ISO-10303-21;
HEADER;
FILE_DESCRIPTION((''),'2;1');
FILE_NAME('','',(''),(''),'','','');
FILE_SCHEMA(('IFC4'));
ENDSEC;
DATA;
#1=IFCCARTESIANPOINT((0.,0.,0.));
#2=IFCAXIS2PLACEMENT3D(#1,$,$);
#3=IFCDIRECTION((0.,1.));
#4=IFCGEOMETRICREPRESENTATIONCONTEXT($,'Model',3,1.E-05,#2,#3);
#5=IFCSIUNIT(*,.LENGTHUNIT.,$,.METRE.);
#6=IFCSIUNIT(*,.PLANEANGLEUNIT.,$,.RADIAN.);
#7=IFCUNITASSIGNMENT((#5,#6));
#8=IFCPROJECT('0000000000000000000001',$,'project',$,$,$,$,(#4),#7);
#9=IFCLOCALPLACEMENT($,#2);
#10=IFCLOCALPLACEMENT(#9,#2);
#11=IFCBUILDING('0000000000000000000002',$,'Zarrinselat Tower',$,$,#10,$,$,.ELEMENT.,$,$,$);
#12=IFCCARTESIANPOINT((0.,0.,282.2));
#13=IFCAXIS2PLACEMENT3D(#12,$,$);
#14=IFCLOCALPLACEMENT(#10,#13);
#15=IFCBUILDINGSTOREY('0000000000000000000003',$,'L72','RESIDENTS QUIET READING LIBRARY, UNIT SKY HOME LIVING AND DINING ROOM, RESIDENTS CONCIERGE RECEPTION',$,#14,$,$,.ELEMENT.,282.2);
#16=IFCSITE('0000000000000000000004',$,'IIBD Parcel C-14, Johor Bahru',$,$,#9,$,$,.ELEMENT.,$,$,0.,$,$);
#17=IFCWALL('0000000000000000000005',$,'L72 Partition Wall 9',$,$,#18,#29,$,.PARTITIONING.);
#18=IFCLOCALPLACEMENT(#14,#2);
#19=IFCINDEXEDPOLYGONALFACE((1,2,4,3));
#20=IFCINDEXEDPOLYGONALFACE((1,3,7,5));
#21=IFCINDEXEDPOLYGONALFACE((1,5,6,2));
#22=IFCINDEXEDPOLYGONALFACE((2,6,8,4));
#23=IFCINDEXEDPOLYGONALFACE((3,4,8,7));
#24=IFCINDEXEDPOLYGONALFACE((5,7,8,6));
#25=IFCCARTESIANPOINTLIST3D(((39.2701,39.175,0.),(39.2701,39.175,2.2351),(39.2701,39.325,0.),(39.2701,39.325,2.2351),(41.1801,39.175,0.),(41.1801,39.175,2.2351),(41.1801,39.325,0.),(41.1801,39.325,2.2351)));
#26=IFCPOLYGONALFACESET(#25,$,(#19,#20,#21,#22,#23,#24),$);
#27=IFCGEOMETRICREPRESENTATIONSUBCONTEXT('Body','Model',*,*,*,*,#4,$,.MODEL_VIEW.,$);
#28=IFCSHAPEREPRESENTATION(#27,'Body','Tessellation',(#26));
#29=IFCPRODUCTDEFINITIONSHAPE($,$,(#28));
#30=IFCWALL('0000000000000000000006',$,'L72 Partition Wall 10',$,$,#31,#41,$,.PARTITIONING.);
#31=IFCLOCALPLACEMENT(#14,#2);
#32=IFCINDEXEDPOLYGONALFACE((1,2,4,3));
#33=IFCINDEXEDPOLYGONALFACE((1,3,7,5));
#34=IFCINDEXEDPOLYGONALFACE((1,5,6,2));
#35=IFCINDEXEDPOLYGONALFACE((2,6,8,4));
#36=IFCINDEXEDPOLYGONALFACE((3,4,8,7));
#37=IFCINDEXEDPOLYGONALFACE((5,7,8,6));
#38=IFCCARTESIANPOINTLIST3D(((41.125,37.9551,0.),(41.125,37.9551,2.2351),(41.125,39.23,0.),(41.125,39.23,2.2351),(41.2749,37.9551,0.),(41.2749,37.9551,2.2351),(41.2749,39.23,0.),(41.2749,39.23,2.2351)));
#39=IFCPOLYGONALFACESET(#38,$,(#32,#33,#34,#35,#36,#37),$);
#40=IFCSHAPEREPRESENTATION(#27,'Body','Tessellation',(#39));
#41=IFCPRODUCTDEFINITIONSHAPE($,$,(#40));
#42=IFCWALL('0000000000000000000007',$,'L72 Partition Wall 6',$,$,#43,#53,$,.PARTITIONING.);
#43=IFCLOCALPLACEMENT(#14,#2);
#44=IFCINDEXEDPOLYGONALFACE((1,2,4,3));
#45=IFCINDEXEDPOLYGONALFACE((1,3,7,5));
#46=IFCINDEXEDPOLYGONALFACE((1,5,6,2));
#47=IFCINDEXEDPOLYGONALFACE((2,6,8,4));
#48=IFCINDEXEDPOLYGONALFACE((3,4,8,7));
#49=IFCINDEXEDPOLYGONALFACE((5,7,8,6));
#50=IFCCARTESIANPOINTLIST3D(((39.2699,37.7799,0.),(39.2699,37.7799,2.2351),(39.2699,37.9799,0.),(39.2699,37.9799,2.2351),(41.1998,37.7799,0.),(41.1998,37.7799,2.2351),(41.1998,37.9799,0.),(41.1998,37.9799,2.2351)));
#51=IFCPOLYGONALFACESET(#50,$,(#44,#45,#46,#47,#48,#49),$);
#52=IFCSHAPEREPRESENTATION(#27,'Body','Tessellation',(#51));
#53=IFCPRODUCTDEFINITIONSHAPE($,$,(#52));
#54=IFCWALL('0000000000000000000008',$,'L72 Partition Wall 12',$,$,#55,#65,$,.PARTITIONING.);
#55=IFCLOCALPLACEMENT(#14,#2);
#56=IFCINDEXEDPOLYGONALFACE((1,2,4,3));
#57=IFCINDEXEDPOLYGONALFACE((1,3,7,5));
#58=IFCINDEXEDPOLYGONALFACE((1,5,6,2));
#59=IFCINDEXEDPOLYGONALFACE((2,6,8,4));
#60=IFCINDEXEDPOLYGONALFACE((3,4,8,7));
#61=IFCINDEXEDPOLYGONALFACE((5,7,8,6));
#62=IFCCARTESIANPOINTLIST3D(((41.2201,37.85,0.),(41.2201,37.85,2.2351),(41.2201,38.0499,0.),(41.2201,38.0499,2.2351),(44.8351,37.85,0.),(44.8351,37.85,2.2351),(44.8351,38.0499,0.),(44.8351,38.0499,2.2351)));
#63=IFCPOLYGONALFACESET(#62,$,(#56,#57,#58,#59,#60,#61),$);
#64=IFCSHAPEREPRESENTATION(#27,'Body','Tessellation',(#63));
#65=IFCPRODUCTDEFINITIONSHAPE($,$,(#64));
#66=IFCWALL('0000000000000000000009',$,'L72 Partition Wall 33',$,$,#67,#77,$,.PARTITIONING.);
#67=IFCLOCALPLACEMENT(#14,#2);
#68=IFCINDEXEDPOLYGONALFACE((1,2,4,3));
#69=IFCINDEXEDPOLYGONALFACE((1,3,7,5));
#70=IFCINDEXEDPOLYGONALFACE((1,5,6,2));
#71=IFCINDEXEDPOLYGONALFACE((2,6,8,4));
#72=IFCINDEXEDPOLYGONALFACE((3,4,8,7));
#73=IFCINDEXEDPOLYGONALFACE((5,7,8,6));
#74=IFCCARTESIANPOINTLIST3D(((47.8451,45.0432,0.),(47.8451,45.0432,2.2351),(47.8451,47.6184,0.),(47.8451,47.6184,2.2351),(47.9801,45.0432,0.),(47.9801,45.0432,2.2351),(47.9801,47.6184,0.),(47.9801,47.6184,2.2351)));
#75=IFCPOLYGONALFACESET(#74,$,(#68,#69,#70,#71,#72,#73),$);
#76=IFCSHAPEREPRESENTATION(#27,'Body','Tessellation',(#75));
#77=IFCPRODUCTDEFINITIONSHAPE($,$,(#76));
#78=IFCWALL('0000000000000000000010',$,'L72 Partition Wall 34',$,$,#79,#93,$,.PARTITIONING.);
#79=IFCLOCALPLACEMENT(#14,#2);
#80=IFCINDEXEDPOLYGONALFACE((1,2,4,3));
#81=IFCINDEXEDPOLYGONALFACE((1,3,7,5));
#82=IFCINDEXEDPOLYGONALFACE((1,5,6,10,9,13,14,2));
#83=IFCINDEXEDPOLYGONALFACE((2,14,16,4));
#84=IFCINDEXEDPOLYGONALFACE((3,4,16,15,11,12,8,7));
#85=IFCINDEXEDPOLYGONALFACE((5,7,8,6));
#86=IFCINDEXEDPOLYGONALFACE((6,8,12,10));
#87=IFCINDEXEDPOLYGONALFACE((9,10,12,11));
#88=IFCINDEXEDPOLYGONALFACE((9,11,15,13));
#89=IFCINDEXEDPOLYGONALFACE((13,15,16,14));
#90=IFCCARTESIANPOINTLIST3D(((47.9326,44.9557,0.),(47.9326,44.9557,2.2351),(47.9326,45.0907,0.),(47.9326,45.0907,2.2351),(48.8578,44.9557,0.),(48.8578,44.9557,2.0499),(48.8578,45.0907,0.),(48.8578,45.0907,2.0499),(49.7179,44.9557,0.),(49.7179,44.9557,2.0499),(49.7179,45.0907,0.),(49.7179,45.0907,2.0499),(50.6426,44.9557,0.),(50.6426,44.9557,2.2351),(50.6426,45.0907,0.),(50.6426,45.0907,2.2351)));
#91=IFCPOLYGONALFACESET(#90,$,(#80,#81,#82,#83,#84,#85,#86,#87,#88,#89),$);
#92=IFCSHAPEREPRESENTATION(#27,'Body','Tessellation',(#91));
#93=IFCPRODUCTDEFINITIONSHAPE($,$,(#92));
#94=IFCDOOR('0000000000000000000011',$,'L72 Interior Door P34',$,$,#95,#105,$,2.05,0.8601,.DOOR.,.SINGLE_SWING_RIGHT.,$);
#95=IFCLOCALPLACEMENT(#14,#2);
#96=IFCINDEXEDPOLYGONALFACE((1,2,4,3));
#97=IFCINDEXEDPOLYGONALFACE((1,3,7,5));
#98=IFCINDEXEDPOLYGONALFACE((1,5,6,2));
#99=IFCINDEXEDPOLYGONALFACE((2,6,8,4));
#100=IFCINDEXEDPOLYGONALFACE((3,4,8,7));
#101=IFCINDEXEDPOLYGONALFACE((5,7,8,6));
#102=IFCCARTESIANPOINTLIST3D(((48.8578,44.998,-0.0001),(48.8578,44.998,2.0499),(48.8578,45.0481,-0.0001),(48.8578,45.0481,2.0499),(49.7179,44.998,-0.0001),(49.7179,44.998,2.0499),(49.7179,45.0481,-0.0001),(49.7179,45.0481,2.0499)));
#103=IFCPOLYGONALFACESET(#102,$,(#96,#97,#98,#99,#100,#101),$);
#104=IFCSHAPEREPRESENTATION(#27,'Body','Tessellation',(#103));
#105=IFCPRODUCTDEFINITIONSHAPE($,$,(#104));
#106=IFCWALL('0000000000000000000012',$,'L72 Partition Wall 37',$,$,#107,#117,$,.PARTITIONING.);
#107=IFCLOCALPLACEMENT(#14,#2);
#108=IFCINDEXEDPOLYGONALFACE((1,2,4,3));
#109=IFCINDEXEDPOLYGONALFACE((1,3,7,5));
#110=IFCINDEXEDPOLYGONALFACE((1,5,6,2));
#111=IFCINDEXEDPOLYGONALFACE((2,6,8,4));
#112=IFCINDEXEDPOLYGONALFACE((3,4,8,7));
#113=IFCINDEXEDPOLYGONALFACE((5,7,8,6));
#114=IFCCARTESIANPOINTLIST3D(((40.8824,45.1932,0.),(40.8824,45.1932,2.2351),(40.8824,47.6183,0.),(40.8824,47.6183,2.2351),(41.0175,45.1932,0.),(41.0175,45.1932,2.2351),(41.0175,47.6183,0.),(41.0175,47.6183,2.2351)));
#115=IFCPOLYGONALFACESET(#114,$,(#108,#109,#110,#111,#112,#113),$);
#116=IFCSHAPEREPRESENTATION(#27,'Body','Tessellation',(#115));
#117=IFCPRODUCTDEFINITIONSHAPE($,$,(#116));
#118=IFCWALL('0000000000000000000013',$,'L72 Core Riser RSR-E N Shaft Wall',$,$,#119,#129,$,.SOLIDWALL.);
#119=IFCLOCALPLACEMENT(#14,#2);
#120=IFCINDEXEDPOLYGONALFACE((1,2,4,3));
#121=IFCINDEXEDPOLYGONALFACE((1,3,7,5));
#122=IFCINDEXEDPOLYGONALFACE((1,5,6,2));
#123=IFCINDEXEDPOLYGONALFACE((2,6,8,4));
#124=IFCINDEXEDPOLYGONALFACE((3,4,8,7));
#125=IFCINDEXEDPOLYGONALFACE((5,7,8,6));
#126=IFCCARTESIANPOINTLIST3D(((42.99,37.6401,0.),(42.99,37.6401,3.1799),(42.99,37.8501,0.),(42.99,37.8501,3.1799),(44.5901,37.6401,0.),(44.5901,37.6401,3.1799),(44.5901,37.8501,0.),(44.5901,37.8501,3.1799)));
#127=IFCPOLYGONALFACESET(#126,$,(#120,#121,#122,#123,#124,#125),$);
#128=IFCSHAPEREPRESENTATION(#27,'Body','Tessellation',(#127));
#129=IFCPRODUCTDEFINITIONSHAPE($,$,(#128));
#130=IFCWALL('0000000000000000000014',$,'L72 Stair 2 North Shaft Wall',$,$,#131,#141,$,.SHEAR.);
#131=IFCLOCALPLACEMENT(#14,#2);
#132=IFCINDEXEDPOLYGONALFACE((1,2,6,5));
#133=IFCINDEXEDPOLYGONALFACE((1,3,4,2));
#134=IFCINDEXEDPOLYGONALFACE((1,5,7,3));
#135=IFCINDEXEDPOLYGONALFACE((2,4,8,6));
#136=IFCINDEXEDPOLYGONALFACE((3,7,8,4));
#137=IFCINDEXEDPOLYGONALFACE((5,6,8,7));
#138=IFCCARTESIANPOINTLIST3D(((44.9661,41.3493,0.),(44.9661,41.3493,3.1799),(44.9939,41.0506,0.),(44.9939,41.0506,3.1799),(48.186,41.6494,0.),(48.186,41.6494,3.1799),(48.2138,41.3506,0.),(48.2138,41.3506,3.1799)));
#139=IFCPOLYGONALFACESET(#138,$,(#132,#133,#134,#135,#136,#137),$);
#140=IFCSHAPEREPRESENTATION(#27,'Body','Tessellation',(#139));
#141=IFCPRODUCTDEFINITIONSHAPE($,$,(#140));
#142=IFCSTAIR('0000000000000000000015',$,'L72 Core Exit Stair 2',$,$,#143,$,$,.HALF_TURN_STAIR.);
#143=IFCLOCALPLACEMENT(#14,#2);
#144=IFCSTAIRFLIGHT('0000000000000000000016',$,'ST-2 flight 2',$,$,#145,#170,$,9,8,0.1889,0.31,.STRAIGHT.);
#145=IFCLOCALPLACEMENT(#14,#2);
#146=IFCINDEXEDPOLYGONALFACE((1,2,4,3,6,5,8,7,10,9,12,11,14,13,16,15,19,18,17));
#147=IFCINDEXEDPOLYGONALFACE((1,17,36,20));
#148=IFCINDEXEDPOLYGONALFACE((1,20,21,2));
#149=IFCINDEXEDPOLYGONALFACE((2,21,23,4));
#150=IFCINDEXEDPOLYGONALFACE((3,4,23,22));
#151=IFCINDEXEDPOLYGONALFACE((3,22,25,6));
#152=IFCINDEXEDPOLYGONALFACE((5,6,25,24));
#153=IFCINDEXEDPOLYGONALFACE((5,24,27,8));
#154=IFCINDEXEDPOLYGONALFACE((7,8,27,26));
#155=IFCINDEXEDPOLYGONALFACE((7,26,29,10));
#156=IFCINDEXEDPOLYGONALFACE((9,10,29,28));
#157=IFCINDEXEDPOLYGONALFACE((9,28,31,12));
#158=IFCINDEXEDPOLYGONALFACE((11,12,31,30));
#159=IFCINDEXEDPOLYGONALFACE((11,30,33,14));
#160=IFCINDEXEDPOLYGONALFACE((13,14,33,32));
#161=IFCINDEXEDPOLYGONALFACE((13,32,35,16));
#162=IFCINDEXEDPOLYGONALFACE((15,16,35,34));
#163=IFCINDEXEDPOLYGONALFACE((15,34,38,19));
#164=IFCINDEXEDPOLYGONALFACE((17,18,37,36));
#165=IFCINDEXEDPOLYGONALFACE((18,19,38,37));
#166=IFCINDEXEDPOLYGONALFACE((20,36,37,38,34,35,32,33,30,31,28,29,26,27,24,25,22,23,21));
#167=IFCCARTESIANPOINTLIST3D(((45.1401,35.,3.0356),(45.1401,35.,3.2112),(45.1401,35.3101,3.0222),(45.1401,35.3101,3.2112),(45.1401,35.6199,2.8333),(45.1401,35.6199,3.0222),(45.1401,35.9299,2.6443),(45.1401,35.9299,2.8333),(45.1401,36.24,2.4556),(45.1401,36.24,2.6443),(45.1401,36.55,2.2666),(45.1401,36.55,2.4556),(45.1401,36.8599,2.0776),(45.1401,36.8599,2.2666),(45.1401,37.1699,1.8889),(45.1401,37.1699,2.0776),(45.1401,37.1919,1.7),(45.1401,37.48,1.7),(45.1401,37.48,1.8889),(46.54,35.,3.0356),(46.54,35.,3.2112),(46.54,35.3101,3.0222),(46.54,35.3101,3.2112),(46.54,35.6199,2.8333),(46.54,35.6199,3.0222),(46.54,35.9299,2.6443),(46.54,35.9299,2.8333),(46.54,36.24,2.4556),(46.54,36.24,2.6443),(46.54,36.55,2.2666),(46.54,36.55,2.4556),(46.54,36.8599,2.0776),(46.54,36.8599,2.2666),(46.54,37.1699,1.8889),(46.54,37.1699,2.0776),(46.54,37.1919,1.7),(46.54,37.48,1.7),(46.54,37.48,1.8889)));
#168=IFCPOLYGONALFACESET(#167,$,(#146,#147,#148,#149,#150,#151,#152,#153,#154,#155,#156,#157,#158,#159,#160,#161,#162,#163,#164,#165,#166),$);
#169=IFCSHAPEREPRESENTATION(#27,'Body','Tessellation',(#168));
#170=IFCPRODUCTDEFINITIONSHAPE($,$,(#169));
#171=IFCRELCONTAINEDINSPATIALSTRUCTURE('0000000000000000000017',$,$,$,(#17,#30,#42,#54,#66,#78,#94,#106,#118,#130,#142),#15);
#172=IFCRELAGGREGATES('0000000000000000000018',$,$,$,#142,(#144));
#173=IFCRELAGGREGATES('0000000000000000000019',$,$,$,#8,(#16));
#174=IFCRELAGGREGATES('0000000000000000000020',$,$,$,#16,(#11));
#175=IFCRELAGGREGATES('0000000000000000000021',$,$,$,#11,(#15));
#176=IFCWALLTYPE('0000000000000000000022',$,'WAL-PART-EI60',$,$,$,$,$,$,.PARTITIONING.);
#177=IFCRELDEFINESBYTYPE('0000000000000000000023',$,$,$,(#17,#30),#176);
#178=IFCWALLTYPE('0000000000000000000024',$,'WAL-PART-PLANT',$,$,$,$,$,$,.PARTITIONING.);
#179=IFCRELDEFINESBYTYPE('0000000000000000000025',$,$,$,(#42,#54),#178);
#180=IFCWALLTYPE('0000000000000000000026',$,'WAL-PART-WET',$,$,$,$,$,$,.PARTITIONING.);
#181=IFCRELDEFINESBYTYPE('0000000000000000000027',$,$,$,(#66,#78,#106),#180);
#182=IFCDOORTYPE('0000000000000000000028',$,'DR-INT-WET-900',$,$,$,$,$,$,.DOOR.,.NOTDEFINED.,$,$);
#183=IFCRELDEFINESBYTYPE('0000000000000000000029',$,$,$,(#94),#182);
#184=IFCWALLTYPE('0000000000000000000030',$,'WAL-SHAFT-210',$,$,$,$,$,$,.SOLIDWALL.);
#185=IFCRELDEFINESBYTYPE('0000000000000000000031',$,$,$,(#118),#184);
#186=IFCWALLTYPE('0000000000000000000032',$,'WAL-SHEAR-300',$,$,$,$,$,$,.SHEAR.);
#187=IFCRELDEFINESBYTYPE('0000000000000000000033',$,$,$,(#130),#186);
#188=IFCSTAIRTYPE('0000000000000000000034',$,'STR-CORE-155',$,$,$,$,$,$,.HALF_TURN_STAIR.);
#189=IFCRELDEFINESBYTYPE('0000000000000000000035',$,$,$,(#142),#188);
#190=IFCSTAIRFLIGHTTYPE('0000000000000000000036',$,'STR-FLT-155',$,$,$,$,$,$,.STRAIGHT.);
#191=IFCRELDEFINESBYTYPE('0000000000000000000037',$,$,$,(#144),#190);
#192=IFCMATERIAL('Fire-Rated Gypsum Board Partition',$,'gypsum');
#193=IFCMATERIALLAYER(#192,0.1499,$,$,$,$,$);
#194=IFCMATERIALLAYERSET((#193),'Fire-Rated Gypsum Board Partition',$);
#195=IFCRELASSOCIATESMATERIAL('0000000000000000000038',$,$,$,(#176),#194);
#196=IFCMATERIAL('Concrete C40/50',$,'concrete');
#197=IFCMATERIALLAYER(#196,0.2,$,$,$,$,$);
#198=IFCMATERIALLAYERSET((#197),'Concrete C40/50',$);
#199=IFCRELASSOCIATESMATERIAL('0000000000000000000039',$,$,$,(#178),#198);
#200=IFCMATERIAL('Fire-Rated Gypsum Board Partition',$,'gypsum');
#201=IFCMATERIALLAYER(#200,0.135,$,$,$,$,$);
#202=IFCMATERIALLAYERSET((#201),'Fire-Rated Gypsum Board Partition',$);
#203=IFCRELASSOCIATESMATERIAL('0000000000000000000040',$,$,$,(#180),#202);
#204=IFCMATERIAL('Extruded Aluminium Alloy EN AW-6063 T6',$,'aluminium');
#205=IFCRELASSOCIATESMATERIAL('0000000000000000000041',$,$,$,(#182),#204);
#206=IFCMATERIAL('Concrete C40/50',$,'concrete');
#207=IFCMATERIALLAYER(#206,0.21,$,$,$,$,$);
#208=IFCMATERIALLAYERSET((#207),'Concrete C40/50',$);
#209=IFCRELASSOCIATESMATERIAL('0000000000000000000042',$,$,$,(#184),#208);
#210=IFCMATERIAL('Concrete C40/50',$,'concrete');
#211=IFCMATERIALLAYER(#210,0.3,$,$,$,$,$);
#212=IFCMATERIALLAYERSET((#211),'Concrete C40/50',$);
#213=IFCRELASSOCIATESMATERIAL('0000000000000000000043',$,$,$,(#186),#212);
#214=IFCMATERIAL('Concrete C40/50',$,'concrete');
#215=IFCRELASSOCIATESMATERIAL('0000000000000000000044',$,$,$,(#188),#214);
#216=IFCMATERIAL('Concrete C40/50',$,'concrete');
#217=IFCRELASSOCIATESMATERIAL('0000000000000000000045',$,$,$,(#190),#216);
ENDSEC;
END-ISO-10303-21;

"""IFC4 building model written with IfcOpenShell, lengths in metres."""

from ifc_helpers import new_model, si_unit, direction, frame, frame_2d, origin, place, context, subcontext, project, spatial, polyline, rectangle, outline, extrude, material, layer, layer_set, type_object, element, fill, aggregate, save


model = new_model("IFC4")

# Units and contexts
model_context = context("Model", 3, precision=1e-05, world=origin(), true_north=direction((0.0, 1.0)))
body_context = subcontext(model_context, "Body", "Model", "MODEL_VIEW")
ifc_project = project(units=[si_unit("LENGTHUNIT", "METRE"), si_unit("PLANEANGLEUNIT", "RADIAN")], contexts=[model_context])

# Site, building, storey
site_placement = place(None, origin())
site = spatial("IfcSite", under=ifc_project, at=site_placement, Name="IIBD Parcel C-14, Johor Bahru", CompositionType="ELEMENT", RefElevation=0.0)
building_placement = place(site_placement, origin())
building = spatial("IfcBuilding", under=site, at=building_placement, Name="Zarrinselat Tower", CompositionType="ELEMENT")
storey_placement = place(building_placement, frame((0.0, 0.0, 282.2)))
storey = spatial("IfcBuildingStorey", under=building, at=storey_placement, Name="L72", Description="RESIDENTS QUIET READING LIBRARY, UNIT SKY HOME LIVING AND DINING ROOM, RESIDENTS CONCIERGE RECEPTION", CompositionType="ELEMENT", Elevation=282.2)

# Shared definitions
ifc_material_1 = material(Name="Fire-Rated Gypsum Board Partition", Category="gypsum")
ifc_layer_1 = layer(ifc_material_1, 0.1499)
ifc_layer_set_1 = layer_set([ifc_layer_1], Name="Fire-Rated Gypsum Board Partition")
wall_type_1 = type_object("IfcWallType", Name="WAL-PART-EI60", PredefinedType="PARTITIONING", material=ifc_layer_set_1)

# Walls
wall_1_placement = place(storey_placement, frame((39.27, 39.25, 0.0), z_axis=(0.0, 0.0, 1.0), x_axis=(1.0, 0.0, 0.0)))
element("IfcWall", 1, at=wall_1_placement, inside=storey, type_object=wall_type_1, Name="L72 Partition Wall 9", PredefinedType="PARTITIONING", context=body_context, shape_type="SweptSolid", body=[
    extrude(rectangle(XDim=1.9099, YDim=0.1499, at=frame_2d((0.9551, 0.0))), origin(), (0.0, 0.0, 1.0), 2.2351),
])
wall_2_placement = place(storey_placement, frame((41.2, 37.9551, 0.0), z_axis=(0.0, 0.0, 1.0), x_axis=(0.0, 1.0, 0.0)))
element("IfcWall", 2, at=wall_2_placement, inside=storey, type_object=wall_type_1, Name="L72 Partition Wall 10", PredefinedType="PARTITIONING", context=body_context, shape_type="SweptSolid", body=[
    extrude(rectangle(XDim=1.2749, YDim=0.1499, at=frame_2d((0.6375, 0.0))), origin(), (0.0, 0.0, 1.0), 2.2351),
])
ifc_material_2 = material(Name="Concrete C40/50", Category="concrete")
ifc_layer_2 = layer(ifc_material_2, 0.2)
ifc_layer_set_2 = layer_set([ifc_layer_2], Name="Concrete C40/50")
wall_type_2 = type_object("IfcWallType", Name="WAL-PART-PLANT", PredefinedType="PARTITIONING", material=ifc_layer_set_2)
wall_3_placement = place(storey_placement, frame((39.27, 37.8799, 0.0), z_axis=(0.0, 0.0, 1.0), x_axis=(1.0, 0.0, 0.0)))
element("IfcWall", 3, at=wall_3_placement, inside=storey, type_object=wall_type_2, Name="L72 Partition Wall 6", PredefinedType="PARTITIONING", context=body_context, shape_type="SweptSolid", body=[
    extrude(rectangle(XDim=1.9299, YDim=0.2, at=frame_2d((0.9648, 0.0))), origin(), (0.0, 0.0, 1.0), 2.2351),
])
wall_4_placement = place(storey_placement, frame((41.22, 37.95, 0.0), z_axis=(0.0, 0.0, 1.0), x_axis=(1.0, 0.0, 0.0)))
element("IfcWall", 4, at=wall_4_placement, inside=storey, type_object=wall_type_2, Name="L72 Partition Wall 12", PredefinedType="PARTITIONING", context=body_context, shape_type="SweptSolid", body=[
    extrude(rectangle(XDim=3.615, YDim=0.2, at=frame_2d((1.8076, 0.0))), origin(), (0.0, 0.0, 1.0), 2.2351),
])
ifc_material_3 = material(Name="Fire-Rated Gypsum Board Partition", Category="gypsum")
ifc_layer_3 = layer(ifc_material_3, 0.135)
ifc_layer_set_3 = layer_set([ifc_layer_3], Name="Fire-Rated Gypsum Board Partition")
wall_type_3 = type_object("IfcWallType", Name="WAL-PART-WET", PredefinedType="PARTITIONING", material=ifc_layer_set_3)
wall_5_placement = place(storey_placement, frame((47.9126, 45.0432, 0.0), z_axis=(0.0, 0.0, 1.0), x_axis=(0.0, 1.0, 0.0)))
element("IfcWall", 5, at=wall_5_placement, inside=storey, type_object=wall_type_3, Name="L72 Partition Wall 33", PredefinedType="PARTITIONING", context=body_context, shape_type="SweptSolid", body=[
    extrude(rectangle(XDim=2.5752, YDim=0.135, at=frame_2d((1.2876, 0.0))), origin(), (0.0, 0.0, 1.0), 2.2351),
])

# Wall, opening, door
wall_6_placement = place(storey_placement, frame((47.9326, 45.0232, 0.0), z_axis=(0.0, 0.0, 1.0), x_axis=(1.0, 0.0, 0.0)))
wall_6 = element("IfcWall", 6, at=wall_6_placement, inside=storey, type_object=wall_type_3, Name="L72 Partition Wall 34", PredefinedType="PARTITIONING", context=body_context, shape_type="SweptSolid", body=[
    extrude(rectangle(XDim=2.71, YDim=0.135, at=frame_2d((1.355, 0.0))), origin(), (0.0, 0.0, 1.0), 2.2351),
])
opening_1_placement = place(wall_6_placement, frame((0.925, 0.0, 0.0)))
opening_1 = element("IfcOpeningElement", 7, at=opening_1_placement, cuts=wall_6, PredefinedType="OPENING", context=body_context, shape_type="SweptSolid", body=[
    extrude(rectangle(XDim=0.8601, YDim=2.05, at=frame_2d((0.4302, 1.0249))), frame((0.0, 0.0774, 0.0), z_axis=(0.0, -1.0, 0.0), x_axis=(1.0, 0.0, 0.0)), (0.0, 0.0, 1.0), 0.155),
])
ifc_material_4 = material(Name="Extruded Aluminium Alloy EN AW-6063 T6", Category="aluminium")
door_type_1 = type_object("IfcDoorType", Name="DR-INT-WET-900", OperationType="NOTDEFINED", PredefinedType="DOOR", material=ifc_material_4)
door_1_placement = place(opening_1_placement, origin())
door_1 = element("IfcDoor", 8, at=door_1_placement, inside=storey, type_object=door_type_1, Name="L72 Interior Door P34", OperationType="SINGLE_SWING_RIGHT", OverallHeight=2.05, OverallWidth=0.8601, PredefinedType="DOOR", context=body_context, shape_type="SweptSolid", body=[
    extrude(rectangle(XDim=0.8601, YDim=2.05, at=frame_2d((0.4302, 1.0249))), frame((0.0, 0.0249, 0.0), z_axis=(0.0, -1.0, 0.0), x_axis=(1.0, 0.0, 0.0)), (0.0, 0.0, 1.0), 0.05),
])
fill(opening_1, door_1)

# Walls
wall_7_placement = place(storey_placement, frame((40.95, 45.1934, 0.0), z_axis=(0.0, 0.0, 1.0), x_axis=(0.0, 1.0, 0.0)))
element("IfcWall", 9, at=wall_7_placement, inside=storey, type_object=wall_type_3, Name="L72 Partition Wall 37", PredefinedType="PARTITIONING", context=body_context, shape_type="SweptSolid", body=[
    extrude(rectangle(XDim=2.425, YDim=0.135, at=frame_2d((1.2124, 0.0))), origin(), (0.0, 0.0, 1.0), 2.2351),
])
ifc_material_5 = material(Name="Concrete C40/50", Category="concrete")
ifc_layer_4 = layer(ifc_material_5, 0.21)
ifc_layer_set_4 = layer_set([ifc_layer_4], Name="Concrete C40/50")
wall_type_4 = type_object("IfcWallType", Name="WAL-SHAFT-210", PredefinedType="SOLIDWALL", material=ifc_layer_set_4)
wall_8_placement = place(storey_placement, frame((42.99, 37.7451, 0.0), z_axis=(0.0, 0.0, 1.0), x_axis=(1.0, 0.0, 0.0)))
element("IfcWall", 10, at=wall_8_placement, inside=storey, type_object=wall_type_4, Name="L72 Core Riser RSR-E N Shaft Wall", PredefinedType="SOLIDWALL", context=body_context, shape_type="SweptSolid", body=[
    extrude(rectangle(XDim=1.6001, YDim=0.21, at=frame_2d((0.8, 0.0))), origin(), (0.0, 0.0, 1.0), 3.1799),
])
ifc_material_6 = material(Name="Concrete C40/50", Category="concrete")
ifc_layer_5 = layer(ifc_material_6, 0.3)
ifc_layer_set_5 = layer_set([ifc_layer_5], Name="Concrete C40/50")
wall_type_5 = type_object("IfcWallType", Name="WAL-SHEAR-300", PredefinedType="SHEAR", material=ifc_layer_set_5)
wall_9_placement = place(storey_placement, frame((44.98, 41.2, 0.0), z_axis=(0.0, 0.0, 1.0), x_axis=(0.995686, 0.092782, 0.0)))
element("IfcWall", 11, at=wall_9_placement, inside=storey, type_object=wall_type_5, Name="L72 Stair 2 North Shaft Wall", PredefinedType="SHEAR", context=body_context, shape_type="SweptSolid", body=[
    extrude(rectangle(XDim=3.2339, YDim=0.3, at=frame_2d((1.6169, 0.0))), origin(), (0.0, 0.0, 1.0), 3.1799),
])

# Stair, stair flight
ifc_material_7 = material(Name="Concrete C40/50", Category="concrete")
stair_type = type_object("IfcStairType", Name="STR-CORE-155", PredefinedType="HALF_TURN_STAIR", material=ifc_material_7)
stair_placement = place(storey_placement, origin())
stair = element("IfcStair", 12, at=stair_placement, inside=storey, type_object=stair_type, Name="L72 Core Exit Stair 2", PredefinedType="HALF_TURN_STAIR")
ifc_material_8 = material(Name="Concrete C40/50", Category="concrete")
stair_flight_type = type_object("IfcStairFlightType", Name="STR-FLT-155", PredefinedType="STRAIGHT", material=ifc_material_8)
stair_flight_placement = place(storey_placement, frame((45.8401, 37.48, 1.7), z_axis=(0.0, 0.0, 1.0), x_axis=(0.0, -1.0, 0.0)))
stair_flight = element("IfcStairFlight", 13, at=stair_flight_placement, type_object=stair_flight_type, Name="ST-2 flight 2", NumberOfRisers=9, NumberOfTreads=8, PredefinedType="STRAIGHT", RiserHeight=0.1889, TreadLength=0.31, context=body_context, shape_type="SweptSolid", body=[
    extrude(outline(polyline([(0.0, 0.0), (0.0, 0.189), (0.3101, 0.189), (0.3101, 0.3777), (0.6201, 0.3777), (0.6201, 0.5667), (0.9299, 0.5667), (0.9299, 0.7556), (1.24, 0.7556), (1.24, 0.9443), (1.55, 0.9443), (1.55, 1.1333), (1.8601, 1.1333), (1.8601, 1.3223), (2.1699, 1.3223), (2.1699, 1.5112), (2.48, 1.5112), (2.48, 1.7), (2.48, 1.3357), (0.2881, 0.0), (0.0, 0.0)])), frame((0.0, 0.7, 0.0), z_axis=(0.0, -1.0, 0.0), x_axis=(1.0, 0.0, 0.0)), (0.0, 0.0, 1.0), 1.3999),
])
aggregate(stair, [stair_flight])

save(model, "model.ifc")
